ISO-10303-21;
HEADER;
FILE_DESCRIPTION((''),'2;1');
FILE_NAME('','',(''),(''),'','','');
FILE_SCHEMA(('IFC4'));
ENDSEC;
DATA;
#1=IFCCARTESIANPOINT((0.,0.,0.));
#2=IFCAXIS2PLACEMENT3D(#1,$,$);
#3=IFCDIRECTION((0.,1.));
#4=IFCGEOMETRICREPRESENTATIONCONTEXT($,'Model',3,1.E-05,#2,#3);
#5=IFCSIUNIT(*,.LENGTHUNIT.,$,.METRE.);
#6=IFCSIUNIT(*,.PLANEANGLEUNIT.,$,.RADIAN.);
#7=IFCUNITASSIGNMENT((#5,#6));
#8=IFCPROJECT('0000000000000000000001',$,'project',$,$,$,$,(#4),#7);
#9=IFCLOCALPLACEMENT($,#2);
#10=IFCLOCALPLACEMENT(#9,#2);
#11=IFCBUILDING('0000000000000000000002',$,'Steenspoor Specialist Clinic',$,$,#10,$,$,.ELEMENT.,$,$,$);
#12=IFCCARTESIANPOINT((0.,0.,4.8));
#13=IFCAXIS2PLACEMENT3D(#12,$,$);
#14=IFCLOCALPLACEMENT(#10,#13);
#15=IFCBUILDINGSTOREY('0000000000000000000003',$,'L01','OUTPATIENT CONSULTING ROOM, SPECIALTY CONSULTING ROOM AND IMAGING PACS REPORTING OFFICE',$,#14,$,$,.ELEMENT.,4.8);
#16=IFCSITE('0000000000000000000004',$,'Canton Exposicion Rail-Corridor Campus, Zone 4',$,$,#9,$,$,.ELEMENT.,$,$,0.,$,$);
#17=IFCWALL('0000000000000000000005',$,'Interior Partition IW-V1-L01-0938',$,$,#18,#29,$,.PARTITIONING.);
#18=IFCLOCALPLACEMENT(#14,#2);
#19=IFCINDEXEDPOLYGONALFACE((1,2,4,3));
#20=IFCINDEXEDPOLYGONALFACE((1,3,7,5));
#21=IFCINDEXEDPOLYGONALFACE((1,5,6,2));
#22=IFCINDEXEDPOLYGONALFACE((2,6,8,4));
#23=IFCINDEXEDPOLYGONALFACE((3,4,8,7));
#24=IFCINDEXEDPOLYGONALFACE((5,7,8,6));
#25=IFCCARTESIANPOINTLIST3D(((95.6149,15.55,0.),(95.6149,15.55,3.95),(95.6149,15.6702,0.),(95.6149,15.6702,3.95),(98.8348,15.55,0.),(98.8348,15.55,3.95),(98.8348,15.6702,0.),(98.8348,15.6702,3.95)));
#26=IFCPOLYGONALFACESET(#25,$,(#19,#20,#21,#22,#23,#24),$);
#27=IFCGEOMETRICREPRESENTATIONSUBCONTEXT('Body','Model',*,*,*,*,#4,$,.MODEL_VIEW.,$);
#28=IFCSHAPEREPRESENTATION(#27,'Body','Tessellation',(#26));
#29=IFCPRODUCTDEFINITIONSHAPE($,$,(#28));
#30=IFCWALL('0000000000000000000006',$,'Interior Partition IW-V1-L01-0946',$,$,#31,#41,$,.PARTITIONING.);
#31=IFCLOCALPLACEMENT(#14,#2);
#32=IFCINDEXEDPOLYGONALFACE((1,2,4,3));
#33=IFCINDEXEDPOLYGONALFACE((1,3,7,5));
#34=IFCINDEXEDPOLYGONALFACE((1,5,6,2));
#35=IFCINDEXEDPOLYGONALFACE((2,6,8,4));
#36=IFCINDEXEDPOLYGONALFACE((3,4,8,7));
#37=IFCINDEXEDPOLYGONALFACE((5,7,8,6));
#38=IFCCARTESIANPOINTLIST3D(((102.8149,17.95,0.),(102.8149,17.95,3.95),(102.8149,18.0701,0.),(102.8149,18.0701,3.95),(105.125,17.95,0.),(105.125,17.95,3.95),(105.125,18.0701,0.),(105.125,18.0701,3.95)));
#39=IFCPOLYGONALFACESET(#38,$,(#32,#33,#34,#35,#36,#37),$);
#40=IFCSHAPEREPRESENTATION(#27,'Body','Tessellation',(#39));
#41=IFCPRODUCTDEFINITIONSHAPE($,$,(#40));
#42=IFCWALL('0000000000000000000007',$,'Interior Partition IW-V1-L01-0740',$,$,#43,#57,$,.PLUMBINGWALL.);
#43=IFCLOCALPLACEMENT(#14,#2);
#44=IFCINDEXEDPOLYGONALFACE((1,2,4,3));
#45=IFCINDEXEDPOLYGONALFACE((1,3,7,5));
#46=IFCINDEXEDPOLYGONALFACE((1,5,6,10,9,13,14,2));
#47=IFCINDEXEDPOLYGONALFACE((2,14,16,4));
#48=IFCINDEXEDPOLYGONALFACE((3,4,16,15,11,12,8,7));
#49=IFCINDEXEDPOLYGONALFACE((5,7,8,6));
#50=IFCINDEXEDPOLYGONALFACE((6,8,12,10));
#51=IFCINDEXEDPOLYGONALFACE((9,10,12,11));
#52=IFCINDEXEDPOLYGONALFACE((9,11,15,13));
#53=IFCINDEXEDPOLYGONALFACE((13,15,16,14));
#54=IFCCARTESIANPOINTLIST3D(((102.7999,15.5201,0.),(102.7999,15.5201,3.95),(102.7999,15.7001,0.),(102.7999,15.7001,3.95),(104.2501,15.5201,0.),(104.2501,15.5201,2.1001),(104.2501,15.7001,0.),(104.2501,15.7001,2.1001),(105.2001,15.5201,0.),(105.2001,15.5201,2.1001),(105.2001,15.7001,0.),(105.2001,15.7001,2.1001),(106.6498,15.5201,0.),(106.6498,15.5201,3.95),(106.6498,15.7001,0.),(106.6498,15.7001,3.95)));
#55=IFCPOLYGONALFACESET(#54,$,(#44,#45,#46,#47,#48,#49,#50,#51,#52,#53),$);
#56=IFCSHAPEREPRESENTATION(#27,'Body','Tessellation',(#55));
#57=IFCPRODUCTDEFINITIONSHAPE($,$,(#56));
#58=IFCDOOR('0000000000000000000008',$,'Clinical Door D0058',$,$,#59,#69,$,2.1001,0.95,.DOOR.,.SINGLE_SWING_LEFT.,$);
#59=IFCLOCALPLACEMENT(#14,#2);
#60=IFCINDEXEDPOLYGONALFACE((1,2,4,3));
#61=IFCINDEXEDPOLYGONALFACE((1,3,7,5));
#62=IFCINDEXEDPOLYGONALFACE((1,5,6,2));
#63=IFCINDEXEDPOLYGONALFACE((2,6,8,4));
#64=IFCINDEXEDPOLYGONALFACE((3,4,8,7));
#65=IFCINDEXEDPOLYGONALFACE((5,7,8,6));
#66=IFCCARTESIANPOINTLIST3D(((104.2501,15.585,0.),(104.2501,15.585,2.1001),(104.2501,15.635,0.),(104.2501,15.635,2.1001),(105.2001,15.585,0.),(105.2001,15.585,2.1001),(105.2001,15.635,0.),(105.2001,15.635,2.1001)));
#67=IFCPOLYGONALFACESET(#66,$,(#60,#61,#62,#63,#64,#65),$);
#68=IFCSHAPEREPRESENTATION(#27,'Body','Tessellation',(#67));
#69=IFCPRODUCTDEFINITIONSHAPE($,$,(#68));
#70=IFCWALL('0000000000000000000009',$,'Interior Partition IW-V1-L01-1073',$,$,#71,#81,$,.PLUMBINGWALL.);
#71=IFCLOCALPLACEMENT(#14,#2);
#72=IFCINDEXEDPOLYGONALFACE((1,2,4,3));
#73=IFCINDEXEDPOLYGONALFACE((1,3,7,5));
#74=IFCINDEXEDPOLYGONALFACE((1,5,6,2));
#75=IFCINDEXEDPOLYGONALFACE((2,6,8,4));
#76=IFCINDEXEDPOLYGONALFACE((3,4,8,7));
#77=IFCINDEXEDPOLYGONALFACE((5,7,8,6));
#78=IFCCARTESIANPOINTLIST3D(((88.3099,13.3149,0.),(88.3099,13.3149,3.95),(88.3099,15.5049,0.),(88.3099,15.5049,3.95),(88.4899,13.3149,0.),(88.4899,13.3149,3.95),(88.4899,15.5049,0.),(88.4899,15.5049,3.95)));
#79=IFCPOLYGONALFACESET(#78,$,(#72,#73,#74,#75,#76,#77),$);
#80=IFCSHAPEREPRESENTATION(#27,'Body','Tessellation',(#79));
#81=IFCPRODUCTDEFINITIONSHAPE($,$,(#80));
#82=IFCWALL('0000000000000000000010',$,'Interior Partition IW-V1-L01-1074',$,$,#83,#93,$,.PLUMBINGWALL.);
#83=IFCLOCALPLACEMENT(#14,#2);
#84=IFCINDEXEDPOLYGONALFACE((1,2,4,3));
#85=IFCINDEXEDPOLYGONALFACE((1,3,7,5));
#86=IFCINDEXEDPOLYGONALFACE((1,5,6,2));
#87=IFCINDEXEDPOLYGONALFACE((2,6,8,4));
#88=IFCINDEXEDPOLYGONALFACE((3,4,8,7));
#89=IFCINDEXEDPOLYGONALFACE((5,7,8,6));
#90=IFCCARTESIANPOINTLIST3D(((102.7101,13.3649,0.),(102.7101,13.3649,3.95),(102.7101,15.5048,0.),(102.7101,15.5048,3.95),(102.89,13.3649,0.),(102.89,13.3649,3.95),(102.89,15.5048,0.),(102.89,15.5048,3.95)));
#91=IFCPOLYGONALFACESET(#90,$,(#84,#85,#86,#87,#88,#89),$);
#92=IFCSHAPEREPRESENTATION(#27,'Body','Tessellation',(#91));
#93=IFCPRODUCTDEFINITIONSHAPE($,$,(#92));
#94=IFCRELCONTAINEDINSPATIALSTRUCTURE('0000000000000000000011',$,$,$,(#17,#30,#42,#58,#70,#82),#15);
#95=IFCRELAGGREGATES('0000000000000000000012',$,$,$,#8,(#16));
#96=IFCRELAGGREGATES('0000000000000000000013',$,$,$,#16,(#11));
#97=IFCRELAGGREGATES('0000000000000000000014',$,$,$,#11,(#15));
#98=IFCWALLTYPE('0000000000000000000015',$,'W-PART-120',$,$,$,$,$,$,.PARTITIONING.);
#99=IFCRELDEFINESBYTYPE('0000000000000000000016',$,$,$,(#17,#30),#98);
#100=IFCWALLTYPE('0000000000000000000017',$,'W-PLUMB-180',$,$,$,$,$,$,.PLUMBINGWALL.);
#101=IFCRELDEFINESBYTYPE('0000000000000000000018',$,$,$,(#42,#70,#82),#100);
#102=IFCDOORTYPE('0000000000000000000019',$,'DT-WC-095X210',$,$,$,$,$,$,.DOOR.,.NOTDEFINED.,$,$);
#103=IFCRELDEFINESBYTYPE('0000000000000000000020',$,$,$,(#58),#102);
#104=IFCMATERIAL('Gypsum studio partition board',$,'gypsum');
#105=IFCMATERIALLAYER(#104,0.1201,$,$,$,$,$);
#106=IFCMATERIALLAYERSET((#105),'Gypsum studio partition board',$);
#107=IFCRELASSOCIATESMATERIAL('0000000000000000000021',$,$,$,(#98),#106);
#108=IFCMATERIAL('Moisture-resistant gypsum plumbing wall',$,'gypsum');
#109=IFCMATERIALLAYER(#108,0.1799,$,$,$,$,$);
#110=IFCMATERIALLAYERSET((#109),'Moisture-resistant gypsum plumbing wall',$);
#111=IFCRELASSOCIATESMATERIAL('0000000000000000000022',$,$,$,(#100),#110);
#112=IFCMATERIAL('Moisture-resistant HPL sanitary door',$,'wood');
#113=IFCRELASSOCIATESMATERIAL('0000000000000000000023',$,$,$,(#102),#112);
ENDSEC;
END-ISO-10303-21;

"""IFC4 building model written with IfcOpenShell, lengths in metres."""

from ifc_helpers import new_model, si_unit, direction, frame, frame_2d, origin, place, context, subcontext, project, spatial, rectangle, extrude, material, layer, layer_set, type_object, element, fill, save


model = new_model("IFC4")

# Units and contexts
model_context = context("Model", 3, precision=1e-05, world=origin(), true_north=direction((0.0, 1.0)))
body_context = subcontext(model_context, "Body", "Model", "MODEL_VIEW")
ifc_project = project(units=[si_unit("LENGTHUNIT", "METRE"), si_unit("PLANEANGLEUNIT", "RADIAN")], contexts=[model_context])

# Site, building, storey
site_placement = place(None, origin())
site = spatial("IfcSite", under=ifc_project, at=site_placement, Name="Canton Exposicion Rail-Corridor Campus, Zone 4", CompositionType="ELEMENT", RefElevation=0.0)
building_placement = place(site_placement, origin())
building = spatial("IfcBuilding", under=site, at=building_placement, Name="Steenspoor Specialist Clinic", CompositionType="ELEMENT")
storey_placement = place(building_placement, frame((0.0, 0.0, 4.8)))
storey = spatial("IfcBuildingStorey", under=building, at=storey_placement, Name="L01", Description="OUTPATIENT CONSULTING ROOM, SPECIALTY CONSULTING ROOM AND IMAGING PACS REPORTING OFFICE", CompositionType="ELEMENT", Elevation=4.8)

# Shared definitions
ifc_material_1 = material(Name="Gypsum studio partition board", Category="gypsum")
ifc_layer_1 = layer(ifc_material_1, 0.1201)
ifc_layer_set_1 = layer_set([ifc_layer_1], Name="Gypsum studio partition board")
wall_type_1 = type_object("IfcWallType", Name="W-PART-120", PredefinedType="PARTITIONING", material=ifc_layer_set_1)

# Walls
wall_1_placement = place(storey_placement, frame((95.615, 15.6101, 0.0), z_axis=(0.0, 0.0, 1.0), x_axis=(1.0, 0.0, 0.0)))
element("IfcWall", 1, at=wall_1_placement, inside=storey, type_object=wall_type_1, Name="Interior Partition IW-V1-L01-0938", PredefinedType="PARTITIONING", context=body_context, shape_type="SweptSolid", body=[
    extrude(rectangle(XDim=3.22, YDim=0.1201, at=frame_2d((1.6099, 0.0))), origin(), (0.0, 0.0, 1.0), 3.95),
])
wall_2_placement = place(storey_placement, frame((102.8149, 18.01, 0.0), z_axis=(0.0, 0.0, 1.0), x_axis=(1.0, 0.0, 0.0)))
element("IfcWall", 2, at=wall_2_placement, inside=storey, type_object=wall_type_1, Name="Interior Partition IW-V1-L01-0946", PredefinedType="PARTITIONING", context=body_context, shape_type="SweptSolid", body=[
    extrude(rectangle(XDim=2.3101, YDim=0.1201, at=frame_2d((1.155, 0.0))), origin(), (0.0, 0.0, 1.0), 3.95),
])

# Wall, opening, door
ifc_material_2 = material(Name="Moisture-resistant gypsum plumbing wall", Category="gypsum")
ifc_layer_2 = layer(ifc_material_2, 0.1799)
ifc_layer_set_2 = layer_set([ifc_layer_2], Name="Moisture-resistant gypsum plumbing wall")
wall_type_2 = type_object("IfcWallType", Name="W-PLUMB-180", PredefinedType="PLUMBINGWALL", material=ifc_layer_set_2)
wall_3_placement = place(storey_placement, frame((102.8, 15.6101, 0.0), z_axis=(0.0, 0.0, 1.0), x_axis=(1.0, 0.0, 0.0)))
wall_3 = element("IfcWall", 3, at=wall_3_placement, inside=storey, type_object=wall_type_2, Name="Interior Partition IW-V1-L01-0740", PredefinedType="PLUMBINGWALL", context=body_context, shape_type="SweptSolid", body=[
    extrude(rectangle(XDim=3.8499, YDim=0.1799, at=frame_2d((1.9248, 0.0))), origin(), (0.0, 0.0, 1.0), 3.95),
])
opening_1_placement = place(wall_3_placement, frame((1.45, 0.0, 0.0)))
opening_1 = element("IfcOpeningElement", 4, at=opening_1_placement, cuts=wall_3, PredefinedType="OPENING", context=body_context, shape_type="SweptSolid", body=[
    extrude(rectangle(XDim=0.95, YDim=2.1001, at=frame_2d((0.4751, 1.05))), frame((0.0, 0.1001, 0.0), z_axis=(0.0, -1.0, 0.0), x_axis=(1.0, 0.0, 0.0)), (0.0, 0.0, 1.0), 0.2),
])
ifc_material_3 = material(Name="Moisture-resistant HPL sanitary door", Category="wood")
door_type_1 = type_object("IfcDoorType", Name="DT-WC-095X210", OperationType="NOTDEFINED", PredefinedType="DOOR", material=ifc_material_3)
door_1_placement = place(opening_1_placement, origin())
door_1 = element("IfcDoor", 5, at=door_1_placement, inside=storey, type_object=door_type_1, Name="Clinical Door D0058", OperationType="SINGLE_SWING_LEFT", OverallHeight=2.1001, OverallWidth=0.95, PredefinedType="DOOR", context=body_context, shape_type="SweptSolid", body=[
    extrude(rectangle(XDim=0.95, YDim=2.1001, at=frame_2d((0.4751, 1.05))), frame((0.0, 0.0249, 0.0), z_axis=(0.0, -1.0, 0.0), x_axis=(1.0, 0.0, 0.0)), (0.0, 0.0, 1.0), 0.05),
])
fill(opening_1, door_1)

# Walls
wall_4_placement = place(storey_placement, frame((88.3999, 13.3149, 0.0), z_axis=(0.0, 0.0, 1.0), x_axis=(0.0, 1.0, 0.0)))
element("IfcWall", 6, at=wall_4_placement, inside=storey, type_object=wall_type_2, Name="Interior Partition IW-V1-L01-1073", PredefinedType="PLUMBINGWALL", context=body_context, shape_type="SweptSolid", body=[
    extrude(rectangle(XDim=2.1899, YDim=0.1799, at=frame_2d((1.095, 0.0))), origin(), (0.0, 0.0, 1.0), 3.95),
])
wall_5_placement = place(storey_placement, frame((102.8, 13.365, 0.0), z_axis=(0.0, 0.0, 1.0), x_axis=(0.0, 1.0, 0.0)))
element("IfcWall", 7, at=wall_5_placement, inside=storey, type_object=wall_type_2, Name="Interior Partition IW-V1-L01-1074", PredefinedType="PLUMBINGWALL", context=body_context, shape_type="SweptSolid", body=[
    extrude(rectangle(XDim=2.1399, YDim=0.1799, at=frame_2d((1.0698, 0.0))), origin(), (0.0, 0.0, 1.0), 3.95),
])

save(model, "model.ifc")
